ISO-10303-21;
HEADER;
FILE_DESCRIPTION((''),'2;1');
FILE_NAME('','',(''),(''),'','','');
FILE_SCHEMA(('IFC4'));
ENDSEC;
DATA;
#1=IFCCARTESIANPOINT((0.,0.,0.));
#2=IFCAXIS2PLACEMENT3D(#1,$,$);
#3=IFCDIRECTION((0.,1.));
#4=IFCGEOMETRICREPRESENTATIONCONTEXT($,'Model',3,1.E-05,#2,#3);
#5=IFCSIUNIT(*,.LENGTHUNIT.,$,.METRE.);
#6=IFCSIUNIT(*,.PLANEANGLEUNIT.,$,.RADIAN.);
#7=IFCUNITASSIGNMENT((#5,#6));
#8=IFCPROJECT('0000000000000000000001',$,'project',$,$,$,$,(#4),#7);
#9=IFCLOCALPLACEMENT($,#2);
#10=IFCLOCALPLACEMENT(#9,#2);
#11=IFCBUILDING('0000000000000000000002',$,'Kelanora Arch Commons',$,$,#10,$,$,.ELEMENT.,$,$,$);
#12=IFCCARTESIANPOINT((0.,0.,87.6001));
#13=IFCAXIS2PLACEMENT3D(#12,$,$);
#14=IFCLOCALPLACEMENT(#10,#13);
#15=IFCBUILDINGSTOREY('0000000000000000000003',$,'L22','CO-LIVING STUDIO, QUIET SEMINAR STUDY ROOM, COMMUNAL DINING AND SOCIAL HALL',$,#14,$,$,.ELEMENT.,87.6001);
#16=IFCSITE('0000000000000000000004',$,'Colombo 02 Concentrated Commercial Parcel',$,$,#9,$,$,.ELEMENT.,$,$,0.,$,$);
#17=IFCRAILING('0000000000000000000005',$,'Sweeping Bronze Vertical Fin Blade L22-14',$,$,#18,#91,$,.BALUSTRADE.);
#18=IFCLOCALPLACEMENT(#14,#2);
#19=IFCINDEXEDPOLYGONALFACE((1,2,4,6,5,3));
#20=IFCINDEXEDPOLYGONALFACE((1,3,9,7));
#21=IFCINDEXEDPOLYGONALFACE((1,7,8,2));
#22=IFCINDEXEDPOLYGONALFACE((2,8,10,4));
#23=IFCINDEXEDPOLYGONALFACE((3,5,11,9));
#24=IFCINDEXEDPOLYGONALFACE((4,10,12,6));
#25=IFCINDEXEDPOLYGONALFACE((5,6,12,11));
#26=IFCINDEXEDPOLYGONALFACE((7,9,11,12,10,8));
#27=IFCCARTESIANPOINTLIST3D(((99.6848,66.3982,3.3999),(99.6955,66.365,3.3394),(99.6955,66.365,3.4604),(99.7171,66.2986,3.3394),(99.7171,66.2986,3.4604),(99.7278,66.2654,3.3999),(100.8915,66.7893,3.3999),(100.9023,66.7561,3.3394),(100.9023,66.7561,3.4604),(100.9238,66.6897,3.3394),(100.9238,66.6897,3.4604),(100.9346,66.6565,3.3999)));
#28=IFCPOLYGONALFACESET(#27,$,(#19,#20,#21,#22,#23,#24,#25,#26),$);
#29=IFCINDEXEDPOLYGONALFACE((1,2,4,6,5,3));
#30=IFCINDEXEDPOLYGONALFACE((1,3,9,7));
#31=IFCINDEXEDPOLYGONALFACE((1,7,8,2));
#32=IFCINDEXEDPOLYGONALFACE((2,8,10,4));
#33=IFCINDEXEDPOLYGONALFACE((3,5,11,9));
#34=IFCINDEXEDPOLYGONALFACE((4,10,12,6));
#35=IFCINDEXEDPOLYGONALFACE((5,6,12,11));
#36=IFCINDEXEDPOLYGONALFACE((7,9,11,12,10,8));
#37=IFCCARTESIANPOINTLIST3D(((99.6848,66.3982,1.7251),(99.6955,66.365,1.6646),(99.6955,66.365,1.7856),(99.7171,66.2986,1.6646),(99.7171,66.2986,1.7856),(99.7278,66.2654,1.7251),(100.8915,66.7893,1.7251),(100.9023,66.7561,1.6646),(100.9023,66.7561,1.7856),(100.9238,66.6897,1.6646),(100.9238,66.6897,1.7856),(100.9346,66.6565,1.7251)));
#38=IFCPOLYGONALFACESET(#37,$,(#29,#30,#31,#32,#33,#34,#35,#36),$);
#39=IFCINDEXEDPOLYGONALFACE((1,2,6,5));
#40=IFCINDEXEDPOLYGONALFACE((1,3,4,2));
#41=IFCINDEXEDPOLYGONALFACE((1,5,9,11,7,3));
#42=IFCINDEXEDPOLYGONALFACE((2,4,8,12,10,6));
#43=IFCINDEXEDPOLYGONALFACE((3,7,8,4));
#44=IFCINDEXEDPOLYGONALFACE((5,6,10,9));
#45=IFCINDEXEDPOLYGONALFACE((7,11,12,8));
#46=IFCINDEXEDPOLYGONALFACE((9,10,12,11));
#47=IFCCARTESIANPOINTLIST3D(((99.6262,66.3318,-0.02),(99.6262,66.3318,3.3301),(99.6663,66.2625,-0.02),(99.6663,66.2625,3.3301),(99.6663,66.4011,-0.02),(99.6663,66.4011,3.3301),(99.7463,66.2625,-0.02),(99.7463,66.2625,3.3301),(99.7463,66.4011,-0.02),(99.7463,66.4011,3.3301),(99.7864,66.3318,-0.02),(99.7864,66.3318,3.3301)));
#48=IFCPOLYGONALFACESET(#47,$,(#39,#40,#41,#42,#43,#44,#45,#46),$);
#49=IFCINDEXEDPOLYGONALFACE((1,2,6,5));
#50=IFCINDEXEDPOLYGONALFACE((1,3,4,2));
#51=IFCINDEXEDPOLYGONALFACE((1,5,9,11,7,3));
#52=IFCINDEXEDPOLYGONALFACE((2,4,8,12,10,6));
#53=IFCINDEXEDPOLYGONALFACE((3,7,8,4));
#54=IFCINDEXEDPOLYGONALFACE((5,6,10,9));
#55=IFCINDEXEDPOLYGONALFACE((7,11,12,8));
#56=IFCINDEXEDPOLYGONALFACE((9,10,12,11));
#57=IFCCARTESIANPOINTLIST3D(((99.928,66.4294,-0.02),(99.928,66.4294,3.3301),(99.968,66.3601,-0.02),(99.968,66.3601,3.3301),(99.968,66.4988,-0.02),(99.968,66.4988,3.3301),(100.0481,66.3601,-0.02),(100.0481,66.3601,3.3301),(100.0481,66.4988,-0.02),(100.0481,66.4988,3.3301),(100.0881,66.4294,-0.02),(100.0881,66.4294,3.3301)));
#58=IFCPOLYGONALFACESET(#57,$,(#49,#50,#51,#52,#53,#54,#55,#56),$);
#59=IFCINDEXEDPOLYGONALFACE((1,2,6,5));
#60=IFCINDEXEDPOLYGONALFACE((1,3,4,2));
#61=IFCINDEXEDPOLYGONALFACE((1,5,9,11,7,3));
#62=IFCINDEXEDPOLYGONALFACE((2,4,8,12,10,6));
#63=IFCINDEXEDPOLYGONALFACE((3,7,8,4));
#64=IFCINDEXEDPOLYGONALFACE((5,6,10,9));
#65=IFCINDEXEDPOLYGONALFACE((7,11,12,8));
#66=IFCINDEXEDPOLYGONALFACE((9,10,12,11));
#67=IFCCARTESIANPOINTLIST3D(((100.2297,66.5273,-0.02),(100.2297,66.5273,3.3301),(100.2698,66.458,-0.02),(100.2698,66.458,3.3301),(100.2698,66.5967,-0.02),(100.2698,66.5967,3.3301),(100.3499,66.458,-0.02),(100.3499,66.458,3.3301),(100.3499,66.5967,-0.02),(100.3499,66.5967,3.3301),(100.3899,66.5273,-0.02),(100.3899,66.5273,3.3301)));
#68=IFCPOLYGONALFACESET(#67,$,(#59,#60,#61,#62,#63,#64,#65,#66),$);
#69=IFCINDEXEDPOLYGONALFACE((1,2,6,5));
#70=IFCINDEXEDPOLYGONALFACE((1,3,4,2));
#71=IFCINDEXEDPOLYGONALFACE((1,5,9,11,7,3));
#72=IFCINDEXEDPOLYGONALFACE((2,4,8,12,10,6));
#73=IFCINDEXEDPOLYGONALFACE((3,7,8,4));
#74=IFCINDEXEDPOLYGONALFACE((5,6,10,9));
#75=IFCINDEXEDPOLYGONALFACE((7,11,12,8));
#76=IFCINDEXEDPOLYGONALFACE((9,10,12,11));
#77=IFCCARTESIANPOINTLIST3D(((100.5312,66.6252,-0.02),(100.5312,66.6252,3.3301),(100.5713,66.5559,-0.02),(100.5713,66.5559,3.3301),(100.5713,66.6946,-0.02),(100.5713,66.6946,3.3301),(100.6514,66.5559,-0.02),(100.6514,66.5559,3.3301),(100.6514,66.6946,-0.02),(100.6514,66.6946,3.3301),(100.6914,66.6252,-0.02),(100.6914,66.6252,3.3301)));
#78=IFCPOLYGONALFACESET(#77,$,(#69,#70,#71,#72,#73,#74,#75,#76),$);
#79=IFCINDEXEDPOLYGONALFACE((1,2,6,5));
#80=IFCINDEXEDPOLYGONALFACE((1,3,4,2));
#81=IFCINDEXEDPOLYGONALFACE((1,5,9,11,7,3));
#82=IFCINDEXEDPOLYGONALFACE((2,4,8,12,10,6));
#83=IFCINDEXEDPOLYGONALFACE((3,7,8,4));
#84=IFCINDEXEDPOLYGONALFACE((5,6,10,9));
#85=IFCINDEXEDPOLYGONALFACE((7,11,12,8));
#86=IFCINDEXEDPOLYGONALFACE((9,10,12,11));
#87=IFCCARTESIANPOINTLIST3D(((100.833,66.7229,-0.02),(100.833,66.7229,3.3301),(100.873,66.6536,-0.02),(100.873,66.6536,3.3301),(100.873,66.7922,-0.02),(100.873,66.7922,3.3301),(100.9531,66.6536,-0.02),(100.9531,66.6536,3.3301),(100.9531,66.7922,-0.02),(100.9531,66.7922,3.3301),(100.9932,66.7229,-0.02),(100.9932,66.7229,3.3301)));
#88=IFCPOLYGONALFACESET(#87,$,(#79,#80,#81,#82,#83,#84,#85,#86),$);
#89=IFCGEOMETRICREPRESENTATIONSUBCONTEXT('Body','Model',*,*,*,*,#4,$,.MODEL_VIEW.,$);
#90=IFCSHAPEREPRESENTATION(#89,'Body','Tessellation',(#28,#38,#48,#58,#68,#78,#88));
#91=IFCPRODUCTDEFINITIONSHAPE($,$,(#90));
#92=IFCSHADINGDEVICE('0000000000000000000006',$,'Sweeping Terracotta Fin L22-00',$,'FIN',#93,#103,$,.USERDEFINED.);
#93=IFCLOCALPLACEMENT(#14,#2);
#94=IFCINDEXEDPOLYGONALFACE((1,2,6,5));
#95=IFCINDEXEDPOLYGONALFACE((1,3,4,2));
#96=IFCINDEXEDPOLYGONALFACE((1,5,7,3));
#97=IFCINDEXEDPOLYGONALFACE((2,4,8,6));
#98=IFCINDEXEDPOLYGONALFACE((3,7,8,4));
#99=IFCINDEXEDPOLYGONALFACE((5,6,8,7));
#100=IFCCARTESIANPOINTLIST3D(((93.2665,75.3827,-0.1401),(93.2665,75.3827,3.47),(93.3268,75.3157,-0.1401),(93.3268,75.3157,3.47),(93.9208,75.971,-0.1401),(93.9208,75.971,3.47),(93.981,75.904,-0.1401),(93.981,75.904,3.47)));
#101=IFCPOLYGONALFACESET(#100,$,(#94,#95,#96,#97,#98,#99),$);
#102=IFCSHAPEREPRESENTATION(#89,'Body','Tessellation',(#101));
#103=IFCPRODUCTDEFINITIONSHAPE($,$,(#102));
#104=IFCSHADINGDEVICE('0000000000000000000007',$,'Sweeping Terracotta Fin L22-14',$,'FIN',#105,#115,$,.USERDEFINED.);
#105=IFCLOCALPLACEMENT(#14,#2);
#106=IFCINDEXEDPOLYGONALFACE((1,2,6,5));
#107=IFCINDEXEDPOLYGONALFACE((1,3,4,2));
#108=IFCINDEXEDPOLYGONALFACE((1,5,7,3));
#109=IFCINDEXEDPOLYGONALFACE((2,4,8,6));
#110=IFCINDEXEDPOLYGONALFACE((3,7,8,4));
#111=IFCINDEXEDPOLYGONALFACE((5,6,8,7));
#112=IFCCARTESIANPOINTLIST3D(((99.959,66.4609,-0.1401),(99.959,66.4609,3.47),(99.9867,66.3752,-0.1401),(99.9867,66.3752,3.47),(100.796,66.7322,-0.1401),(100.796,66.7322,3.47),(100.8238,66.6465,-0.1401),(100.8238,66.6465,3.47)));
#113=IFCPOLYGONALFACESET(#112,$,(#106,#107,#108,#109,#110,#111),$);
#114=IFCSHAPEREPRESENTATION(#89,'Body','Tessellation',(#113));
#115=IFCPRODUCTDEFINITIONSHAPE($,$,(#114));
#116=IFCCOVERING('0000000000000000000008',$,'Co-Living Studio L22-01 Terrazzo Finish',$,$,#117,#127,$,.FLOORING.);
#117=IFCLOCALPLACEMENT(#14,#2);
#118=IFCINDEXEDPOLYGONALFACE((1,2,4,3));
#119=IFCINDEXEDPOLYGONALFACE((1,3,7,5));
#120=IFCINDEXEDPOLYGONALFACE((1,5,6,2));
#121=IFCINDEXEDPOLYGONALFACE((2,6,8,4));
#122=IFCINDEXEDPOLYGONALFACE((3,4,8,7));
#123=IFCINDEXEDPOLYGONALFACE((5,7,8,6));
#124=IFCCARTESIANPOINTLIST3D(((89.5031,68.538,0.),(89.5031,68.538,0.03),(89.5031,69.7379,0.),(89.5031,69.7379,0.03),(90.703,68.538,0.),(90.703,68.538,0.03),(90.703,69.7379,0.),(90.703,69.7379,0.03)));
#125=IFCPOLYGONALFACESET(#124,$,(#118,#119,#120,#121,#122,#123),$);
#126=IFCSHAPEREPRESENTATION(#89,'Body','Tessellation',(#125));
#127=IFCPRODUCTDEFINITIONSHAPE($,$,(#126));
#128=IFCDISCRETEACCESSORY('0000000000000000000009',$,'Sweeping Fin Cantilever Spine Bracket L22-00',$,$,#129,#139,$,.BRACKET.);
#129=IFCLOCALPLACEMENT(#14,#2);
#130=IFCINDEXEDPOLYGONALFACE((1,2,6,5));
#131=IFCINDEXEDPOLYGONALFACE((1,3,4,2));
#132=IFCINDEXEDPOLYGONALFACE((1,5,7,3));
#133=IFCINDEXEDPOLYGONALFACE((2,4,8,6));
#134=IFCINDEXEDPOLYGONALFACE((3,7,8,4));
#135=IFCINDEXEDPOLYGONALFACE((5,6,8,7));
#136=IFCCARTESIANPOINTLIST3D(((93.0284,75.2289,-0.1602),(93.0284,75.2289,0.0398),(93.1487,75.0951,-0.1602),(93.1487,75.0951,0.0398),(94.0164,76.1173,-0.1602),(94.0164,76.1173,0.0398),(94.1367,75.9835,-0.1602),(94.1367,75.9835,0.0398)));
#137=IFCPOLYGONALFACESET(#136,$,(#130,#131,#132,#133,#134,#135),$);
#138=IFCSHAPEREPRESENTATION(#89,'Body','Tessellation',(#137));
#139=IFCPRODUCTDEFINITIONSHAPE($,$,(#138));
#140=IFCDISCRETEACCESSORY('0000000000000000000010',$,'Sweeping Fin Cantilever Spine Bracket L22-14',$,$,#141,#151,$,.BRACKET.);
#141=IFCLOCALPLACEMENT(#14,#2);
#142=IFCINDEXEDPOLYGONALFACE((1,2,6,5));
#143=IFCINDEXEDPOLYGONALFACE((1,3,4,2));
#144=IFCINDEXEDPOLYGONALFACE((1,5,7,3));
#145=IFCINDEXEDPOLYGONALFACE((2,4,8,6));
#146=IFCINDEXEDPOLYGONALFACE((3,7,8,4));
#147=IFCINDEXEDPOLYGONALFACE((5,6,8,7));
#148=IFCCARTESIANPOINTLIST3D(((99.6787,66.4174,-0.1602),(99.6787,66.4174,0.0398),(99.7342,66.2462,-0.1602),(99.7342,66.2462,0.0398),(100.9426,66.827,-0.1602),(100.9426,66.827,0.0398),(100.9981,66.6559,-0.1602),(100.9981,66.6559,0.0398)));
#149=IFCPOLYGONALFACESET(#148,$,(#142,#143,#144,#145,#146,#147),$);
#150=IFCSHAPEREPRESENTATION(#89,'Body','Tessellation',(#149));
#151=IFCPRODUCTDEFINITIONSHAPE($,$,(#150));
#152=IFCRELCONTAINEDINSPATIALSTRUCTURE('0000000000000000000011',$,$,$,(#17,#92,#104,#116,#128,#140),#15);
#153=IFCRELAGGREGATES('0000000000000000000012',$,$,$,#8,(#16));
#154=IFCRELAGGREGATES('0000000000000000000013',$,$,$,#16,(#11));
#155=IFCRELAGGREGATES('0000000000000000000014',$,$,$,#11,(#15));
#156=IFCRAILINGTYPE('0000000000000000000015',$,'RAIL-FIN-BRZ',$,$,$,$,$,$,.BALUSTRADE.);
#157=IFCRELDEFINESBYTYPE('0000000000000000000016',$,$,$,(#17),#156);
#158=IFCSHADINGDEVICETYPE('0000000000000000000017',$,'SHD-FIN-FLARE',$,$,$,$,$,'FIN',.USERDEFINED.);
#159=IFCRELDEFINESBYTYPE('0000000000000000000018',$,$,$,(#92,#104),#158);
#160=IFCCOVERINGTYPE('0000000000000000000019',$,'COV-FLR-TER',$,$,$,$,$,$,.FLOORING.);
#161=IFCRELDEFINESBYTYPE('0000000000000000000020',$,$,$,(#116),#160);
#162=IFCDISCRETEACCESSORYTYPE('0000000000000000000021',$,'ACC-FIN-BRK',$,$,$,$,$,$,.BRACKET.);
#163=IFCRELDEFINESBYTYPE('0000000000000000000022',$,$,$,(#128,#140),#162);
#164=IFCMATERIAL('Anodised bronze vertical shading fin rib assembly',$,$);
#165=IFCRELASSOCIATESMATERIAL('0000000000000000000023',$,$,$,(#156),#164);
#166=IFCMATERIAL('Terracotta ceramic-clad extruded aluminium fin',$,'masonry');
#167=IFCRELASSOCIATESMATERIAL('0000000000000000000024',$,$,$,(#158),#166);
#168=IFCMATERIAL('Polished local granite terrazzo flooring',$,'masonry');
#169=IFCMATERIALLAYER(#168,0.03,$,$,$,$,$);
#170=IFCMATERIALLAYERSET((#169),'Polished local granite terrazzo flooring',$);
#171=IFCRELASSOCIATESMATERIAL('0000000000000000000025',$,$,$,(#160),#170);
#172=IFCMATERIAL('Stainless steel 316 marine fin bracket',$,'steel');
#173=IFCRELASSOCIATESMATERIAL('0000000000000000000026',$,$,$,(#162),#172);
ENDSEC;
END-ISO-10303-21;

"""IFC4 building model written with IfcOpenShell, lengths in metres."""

from ifc_helpers import new_model, si_unit, direction, frame, origin, origin_2d, place, context, subcontext, project, spatial, polyline, rectangle, outline, extrude, source, transform, mapped, material, layer, layer_set, type_object, element, save


model = new_model("IFC4")

# Units and contexts
model_context = context("Model", 3, precision=1e-05, world=origin(), true_north=direction((0.0, 1.0)))
body_context = subcontext(model_context, "Body", "Model", "MODEL_VIEW")
ifc_project = project(units=[si_unit("LENGTHUNIT", "METRE"), si_unit("PLANEANGLEUNIT", "RADIAN")], contexts=[model_context])

# Site, building, storey
site_placement = place(None, origin())
site = spatial("IfcSite", under=ifc_project, at=site_placement, Name="Colombo 02 Concentrated Commercial Parcel", CompositionType="ELEMENT", RefElevation=0.0)
building_placement = place(site_placement, origin())
building = spatial("IfcBuilding", under=site, at=building_placement, Name="Kelanora Arch Commons", CompositionType="ELEMENT")
storey_placement = place(building_placement, frame((0.0, 0.0, 87.6001)))
storey = spatial("IfcBuildingStorey", under=building, at=storey_placement, Name="L22", Description="CO-LIVING STUDIO, QUIET SEMINAR STUDY ROOM, COMMUNAL DINING AND SOCIAL HALL", CompositionType="ELEMENT", Elevation=87.6001)

# Railing
ifc_material_1 = material(Name="Anodised bronze vertical shading fin rib assembly")
railing_type = type_object("IfcRailingType", Name="RAIL-FIN-BRZ", PredefinedType="BALUSTRADE", material=ifc_material_1)
railing_1_placement = place(storey_placement, frame((99.7063, 66.3318, -0.02)))
element("IfcRailing", 1, at=railing_1_placement, inside=storey, type_object=railing_type, Name="Sweeping Bronze Vertical Fin Blade L22-14", PredefinedType="BALUSTRADE", context=body_context, shape_type="SweptSolid", body=[
    extrude(outline(polyline([(0.0698, 0.0), (0.0349, 0.0605), (-0.0349, 0.0605), (-0.0698, 0.0), (-0.0349, -0.0605), (0.0349, -0.0605), (0.0698, 0.0)])), frame((0.0, 0.0, 3.4199), z_axis=(0.951287, 0.308307, 0.0), x_axis=(-0.308307, 0.951287, 0.0)), (0.0, 0.0, 1.0), 1.2686),
    extrude(outline(polyline([(0.0698, 0.0), (0.0349, 0.0605), (-0.0349, 0.0605), (-0.0698, 0.0), (-0.0349, -0.0605), (0.0349, -0.0605), (0.0698, 0.0)])), frame((0.0, 0.0, 1.7451), z_axis=(0.951287, 0.308307, 0.0), x_axis=(-0.308307, 0.951287, 0.0)), (0.0, 0.0, 1.0), 1.2686),
    extrude(outline(polyline([(0.0801, 0.0), (0.04, 0.0693), (-0.04, 0.0693), (-0.0801, 0.0), (-0.04, -0.0693), (0.04, -0.0693), (0.0801, 0.0)])), origin(), (0.0, 0.0, 1.0), 3.3501),
    extrude(outline(polyline([(0.0801, 0.0), (0.04, 0.0693), (-0.04, 0.0693), (-0.0801, 0.0), (-0.04, -0.0693), (0.04, -0.0693), (0.0801, 0.0)])), frame((0.3018, 0.0977, 0.0)), (0.0, 0.0, 1.0), 3.3501),
    extrude(outline(polyline([(0.0801, 0.0), (0.04, 0.0693), (-0.04, 0.0693), (-0.0801, 0.0), (-0.04, -0.0693), (0.04, -0.0693), (0.0801, 0.0)])), frame((0.6035, 0.1956, 0.0)), (0.0, 0.0, 1.0), 3.3501),
    extrude(outline(polyline([(0.0801, 0.0), (0.04, 0.0693), (-0.04, 0.0693), (-0.0801, 0.0), (-0.04, -0.0693), (0.04, -0.0693), (0.0801, 0.0)])), frame((0.905, 0.2935, 0.0)), (0.0, 0.0, 1.0), 3.3501),
    extrude(outline(polyline([(0.0801, 0.0), (0.04, 0.0693), (-0.04, 0.0693), (-0.0801, 0.0), (-0.04, -0.0693), (0.04, -0.0693), (0.0801, 0.0)])), frame((1.2068, 0.3911, 0.0)), (0.0, 0.0, 1.0), 3.3501),
])

# Shading devices
ifc_material_2 = material(Name="Terracotta ceramic-clad extruded aluminium fin", Category="masonry")
shading_device_type = type_object("IfcShadingDeviceType", Name="SHD-FIN-FLARE", ElementType="FIN", PredefinedType="USERDEFINED", material=ifc_material_2)
shared_shape_1 = source(origin(), body_context, "Body", "SweptSolid", [
    extrude(rectangle(XDim=0.8799, YDim=0.0901, at=origin_2d()), origin(), (0.0, 0.0, 1.0), 3.6101),
])
for number, where, z_axis, x_axis, name in (
    (2, (93.6238, 75.6433, -0.1401), (0.0, 0.0, 1.0), (0.743612, 0.668612, 0.0), "Sweeping Terracotta Fin L22-00"),
    (3, (100.3914, 66.5537, -0.1401), (0.0, 0.0, 1.0), (0.951272, 0.308353, 0.0), "Sweeping Terracotta Fin L22-14"),
):
    element("IfcShadingDevice", number, at=place(storey_placement, frame(where, z_axis=z_axis, x_axis=x_axis)), inside=storey, type_object=shading_device_type, Name=name, ObjectType="FIN", PredefinedType="USERDEFINED", context=body_context, shape_type="MappedRepresentation", body=[
        mapped(shared_shape_1, transform((0.0, 0.0, 0.0), scale=1.0)),
    ])

# Covering
ifc_material_3 = material(Name="Polished local granite terrazzo flooring", Category="masonry")
ifc_layer_1 = layer(ifc_material_3, 0.03)
ifc_layer_set_1 = layer_set([ifc_layer_1], Name="Polished local granite terrazzo flooring")
covering_type = type_object("IfcCoveringType", Name="COV-FLR-TER", PredefinedType="FLOORING", material=ifc_layer_set_1)
shared_shape_2 = source(origin(), body_context, "Body", "SweptSolid", [
    extrude(rectangle(XDim=1.2, YDim=1.2, at=origin_2d()), origin(), (0.0, 0.0, 1.0), 0.03),
])
covering_placement = place(storey_placement, frame((90.103, 69.1379, 0.0), z_axis=(0.0, 0.0, 1.0), x_axis=(1.0, 0.0, 0.0)))
element("IfcCovering", 4, at=covering_placement, inside=storey, type_object=covering_type, Name="Co-Living Studio L22-01 Terrazzo Finish", PredefinedType="FLOORING", context=body_context, shape_type="MappedRepresentation", body=[
    mapped(shared_shape_2, transform((0.0, 0.0, 0.0), scale=1.0)),
])

# Discrete accessories
ifc_material_4 = material(Name="Stainless steel 316 marine fin bracket", Category="steel")
discrete_accessory_type = type_object("IfcDiscreteAccessoryType", Name="ACC-FIN-BRK", PredefinedType="BRACKET", material=ifc_material_4)
shared_shape_3 = source(origin(), body_context, "Body", "SweptSolid", [
    extrude(rectangle(XDim=1.3286, YDim=0.1799, at=origin_2d()), origin(), (0.0, 0.0, 1.0), 0.2),
])
for number, where, z_axis, x_axis, name in (
    (5, (93.5825, 75.6062, -0.1602), (0.0, 0.0, 1.0), (0.743612, 0.668612, 0.0), "Sweeping Fin Cantilever Spine Bracket L22-00"),
    (6, (100.3384, 66.5366, -0.1602), (0.0, 0.0, 1.0), (0.951272, 0.308353, 0.0), "Sweeping Fin Cantilever Spine Bracket L22-14"),
):
    element("IfcDiscreteAccessory", number, at=place(storey_placement, frame(where, z_axis=z_axis, x_axis=x_axis)), inside=storey, type_object=discrete_accessory_type, Name=name, PredefinedType="BRACKET", context=body_context, shape_type="MappedRepresentation", body=[
        mapped(shared_shape_3, transform((0.0, 0.0, 0.0), scale=1.0)),
    ])

save(model, "model.ifc")
